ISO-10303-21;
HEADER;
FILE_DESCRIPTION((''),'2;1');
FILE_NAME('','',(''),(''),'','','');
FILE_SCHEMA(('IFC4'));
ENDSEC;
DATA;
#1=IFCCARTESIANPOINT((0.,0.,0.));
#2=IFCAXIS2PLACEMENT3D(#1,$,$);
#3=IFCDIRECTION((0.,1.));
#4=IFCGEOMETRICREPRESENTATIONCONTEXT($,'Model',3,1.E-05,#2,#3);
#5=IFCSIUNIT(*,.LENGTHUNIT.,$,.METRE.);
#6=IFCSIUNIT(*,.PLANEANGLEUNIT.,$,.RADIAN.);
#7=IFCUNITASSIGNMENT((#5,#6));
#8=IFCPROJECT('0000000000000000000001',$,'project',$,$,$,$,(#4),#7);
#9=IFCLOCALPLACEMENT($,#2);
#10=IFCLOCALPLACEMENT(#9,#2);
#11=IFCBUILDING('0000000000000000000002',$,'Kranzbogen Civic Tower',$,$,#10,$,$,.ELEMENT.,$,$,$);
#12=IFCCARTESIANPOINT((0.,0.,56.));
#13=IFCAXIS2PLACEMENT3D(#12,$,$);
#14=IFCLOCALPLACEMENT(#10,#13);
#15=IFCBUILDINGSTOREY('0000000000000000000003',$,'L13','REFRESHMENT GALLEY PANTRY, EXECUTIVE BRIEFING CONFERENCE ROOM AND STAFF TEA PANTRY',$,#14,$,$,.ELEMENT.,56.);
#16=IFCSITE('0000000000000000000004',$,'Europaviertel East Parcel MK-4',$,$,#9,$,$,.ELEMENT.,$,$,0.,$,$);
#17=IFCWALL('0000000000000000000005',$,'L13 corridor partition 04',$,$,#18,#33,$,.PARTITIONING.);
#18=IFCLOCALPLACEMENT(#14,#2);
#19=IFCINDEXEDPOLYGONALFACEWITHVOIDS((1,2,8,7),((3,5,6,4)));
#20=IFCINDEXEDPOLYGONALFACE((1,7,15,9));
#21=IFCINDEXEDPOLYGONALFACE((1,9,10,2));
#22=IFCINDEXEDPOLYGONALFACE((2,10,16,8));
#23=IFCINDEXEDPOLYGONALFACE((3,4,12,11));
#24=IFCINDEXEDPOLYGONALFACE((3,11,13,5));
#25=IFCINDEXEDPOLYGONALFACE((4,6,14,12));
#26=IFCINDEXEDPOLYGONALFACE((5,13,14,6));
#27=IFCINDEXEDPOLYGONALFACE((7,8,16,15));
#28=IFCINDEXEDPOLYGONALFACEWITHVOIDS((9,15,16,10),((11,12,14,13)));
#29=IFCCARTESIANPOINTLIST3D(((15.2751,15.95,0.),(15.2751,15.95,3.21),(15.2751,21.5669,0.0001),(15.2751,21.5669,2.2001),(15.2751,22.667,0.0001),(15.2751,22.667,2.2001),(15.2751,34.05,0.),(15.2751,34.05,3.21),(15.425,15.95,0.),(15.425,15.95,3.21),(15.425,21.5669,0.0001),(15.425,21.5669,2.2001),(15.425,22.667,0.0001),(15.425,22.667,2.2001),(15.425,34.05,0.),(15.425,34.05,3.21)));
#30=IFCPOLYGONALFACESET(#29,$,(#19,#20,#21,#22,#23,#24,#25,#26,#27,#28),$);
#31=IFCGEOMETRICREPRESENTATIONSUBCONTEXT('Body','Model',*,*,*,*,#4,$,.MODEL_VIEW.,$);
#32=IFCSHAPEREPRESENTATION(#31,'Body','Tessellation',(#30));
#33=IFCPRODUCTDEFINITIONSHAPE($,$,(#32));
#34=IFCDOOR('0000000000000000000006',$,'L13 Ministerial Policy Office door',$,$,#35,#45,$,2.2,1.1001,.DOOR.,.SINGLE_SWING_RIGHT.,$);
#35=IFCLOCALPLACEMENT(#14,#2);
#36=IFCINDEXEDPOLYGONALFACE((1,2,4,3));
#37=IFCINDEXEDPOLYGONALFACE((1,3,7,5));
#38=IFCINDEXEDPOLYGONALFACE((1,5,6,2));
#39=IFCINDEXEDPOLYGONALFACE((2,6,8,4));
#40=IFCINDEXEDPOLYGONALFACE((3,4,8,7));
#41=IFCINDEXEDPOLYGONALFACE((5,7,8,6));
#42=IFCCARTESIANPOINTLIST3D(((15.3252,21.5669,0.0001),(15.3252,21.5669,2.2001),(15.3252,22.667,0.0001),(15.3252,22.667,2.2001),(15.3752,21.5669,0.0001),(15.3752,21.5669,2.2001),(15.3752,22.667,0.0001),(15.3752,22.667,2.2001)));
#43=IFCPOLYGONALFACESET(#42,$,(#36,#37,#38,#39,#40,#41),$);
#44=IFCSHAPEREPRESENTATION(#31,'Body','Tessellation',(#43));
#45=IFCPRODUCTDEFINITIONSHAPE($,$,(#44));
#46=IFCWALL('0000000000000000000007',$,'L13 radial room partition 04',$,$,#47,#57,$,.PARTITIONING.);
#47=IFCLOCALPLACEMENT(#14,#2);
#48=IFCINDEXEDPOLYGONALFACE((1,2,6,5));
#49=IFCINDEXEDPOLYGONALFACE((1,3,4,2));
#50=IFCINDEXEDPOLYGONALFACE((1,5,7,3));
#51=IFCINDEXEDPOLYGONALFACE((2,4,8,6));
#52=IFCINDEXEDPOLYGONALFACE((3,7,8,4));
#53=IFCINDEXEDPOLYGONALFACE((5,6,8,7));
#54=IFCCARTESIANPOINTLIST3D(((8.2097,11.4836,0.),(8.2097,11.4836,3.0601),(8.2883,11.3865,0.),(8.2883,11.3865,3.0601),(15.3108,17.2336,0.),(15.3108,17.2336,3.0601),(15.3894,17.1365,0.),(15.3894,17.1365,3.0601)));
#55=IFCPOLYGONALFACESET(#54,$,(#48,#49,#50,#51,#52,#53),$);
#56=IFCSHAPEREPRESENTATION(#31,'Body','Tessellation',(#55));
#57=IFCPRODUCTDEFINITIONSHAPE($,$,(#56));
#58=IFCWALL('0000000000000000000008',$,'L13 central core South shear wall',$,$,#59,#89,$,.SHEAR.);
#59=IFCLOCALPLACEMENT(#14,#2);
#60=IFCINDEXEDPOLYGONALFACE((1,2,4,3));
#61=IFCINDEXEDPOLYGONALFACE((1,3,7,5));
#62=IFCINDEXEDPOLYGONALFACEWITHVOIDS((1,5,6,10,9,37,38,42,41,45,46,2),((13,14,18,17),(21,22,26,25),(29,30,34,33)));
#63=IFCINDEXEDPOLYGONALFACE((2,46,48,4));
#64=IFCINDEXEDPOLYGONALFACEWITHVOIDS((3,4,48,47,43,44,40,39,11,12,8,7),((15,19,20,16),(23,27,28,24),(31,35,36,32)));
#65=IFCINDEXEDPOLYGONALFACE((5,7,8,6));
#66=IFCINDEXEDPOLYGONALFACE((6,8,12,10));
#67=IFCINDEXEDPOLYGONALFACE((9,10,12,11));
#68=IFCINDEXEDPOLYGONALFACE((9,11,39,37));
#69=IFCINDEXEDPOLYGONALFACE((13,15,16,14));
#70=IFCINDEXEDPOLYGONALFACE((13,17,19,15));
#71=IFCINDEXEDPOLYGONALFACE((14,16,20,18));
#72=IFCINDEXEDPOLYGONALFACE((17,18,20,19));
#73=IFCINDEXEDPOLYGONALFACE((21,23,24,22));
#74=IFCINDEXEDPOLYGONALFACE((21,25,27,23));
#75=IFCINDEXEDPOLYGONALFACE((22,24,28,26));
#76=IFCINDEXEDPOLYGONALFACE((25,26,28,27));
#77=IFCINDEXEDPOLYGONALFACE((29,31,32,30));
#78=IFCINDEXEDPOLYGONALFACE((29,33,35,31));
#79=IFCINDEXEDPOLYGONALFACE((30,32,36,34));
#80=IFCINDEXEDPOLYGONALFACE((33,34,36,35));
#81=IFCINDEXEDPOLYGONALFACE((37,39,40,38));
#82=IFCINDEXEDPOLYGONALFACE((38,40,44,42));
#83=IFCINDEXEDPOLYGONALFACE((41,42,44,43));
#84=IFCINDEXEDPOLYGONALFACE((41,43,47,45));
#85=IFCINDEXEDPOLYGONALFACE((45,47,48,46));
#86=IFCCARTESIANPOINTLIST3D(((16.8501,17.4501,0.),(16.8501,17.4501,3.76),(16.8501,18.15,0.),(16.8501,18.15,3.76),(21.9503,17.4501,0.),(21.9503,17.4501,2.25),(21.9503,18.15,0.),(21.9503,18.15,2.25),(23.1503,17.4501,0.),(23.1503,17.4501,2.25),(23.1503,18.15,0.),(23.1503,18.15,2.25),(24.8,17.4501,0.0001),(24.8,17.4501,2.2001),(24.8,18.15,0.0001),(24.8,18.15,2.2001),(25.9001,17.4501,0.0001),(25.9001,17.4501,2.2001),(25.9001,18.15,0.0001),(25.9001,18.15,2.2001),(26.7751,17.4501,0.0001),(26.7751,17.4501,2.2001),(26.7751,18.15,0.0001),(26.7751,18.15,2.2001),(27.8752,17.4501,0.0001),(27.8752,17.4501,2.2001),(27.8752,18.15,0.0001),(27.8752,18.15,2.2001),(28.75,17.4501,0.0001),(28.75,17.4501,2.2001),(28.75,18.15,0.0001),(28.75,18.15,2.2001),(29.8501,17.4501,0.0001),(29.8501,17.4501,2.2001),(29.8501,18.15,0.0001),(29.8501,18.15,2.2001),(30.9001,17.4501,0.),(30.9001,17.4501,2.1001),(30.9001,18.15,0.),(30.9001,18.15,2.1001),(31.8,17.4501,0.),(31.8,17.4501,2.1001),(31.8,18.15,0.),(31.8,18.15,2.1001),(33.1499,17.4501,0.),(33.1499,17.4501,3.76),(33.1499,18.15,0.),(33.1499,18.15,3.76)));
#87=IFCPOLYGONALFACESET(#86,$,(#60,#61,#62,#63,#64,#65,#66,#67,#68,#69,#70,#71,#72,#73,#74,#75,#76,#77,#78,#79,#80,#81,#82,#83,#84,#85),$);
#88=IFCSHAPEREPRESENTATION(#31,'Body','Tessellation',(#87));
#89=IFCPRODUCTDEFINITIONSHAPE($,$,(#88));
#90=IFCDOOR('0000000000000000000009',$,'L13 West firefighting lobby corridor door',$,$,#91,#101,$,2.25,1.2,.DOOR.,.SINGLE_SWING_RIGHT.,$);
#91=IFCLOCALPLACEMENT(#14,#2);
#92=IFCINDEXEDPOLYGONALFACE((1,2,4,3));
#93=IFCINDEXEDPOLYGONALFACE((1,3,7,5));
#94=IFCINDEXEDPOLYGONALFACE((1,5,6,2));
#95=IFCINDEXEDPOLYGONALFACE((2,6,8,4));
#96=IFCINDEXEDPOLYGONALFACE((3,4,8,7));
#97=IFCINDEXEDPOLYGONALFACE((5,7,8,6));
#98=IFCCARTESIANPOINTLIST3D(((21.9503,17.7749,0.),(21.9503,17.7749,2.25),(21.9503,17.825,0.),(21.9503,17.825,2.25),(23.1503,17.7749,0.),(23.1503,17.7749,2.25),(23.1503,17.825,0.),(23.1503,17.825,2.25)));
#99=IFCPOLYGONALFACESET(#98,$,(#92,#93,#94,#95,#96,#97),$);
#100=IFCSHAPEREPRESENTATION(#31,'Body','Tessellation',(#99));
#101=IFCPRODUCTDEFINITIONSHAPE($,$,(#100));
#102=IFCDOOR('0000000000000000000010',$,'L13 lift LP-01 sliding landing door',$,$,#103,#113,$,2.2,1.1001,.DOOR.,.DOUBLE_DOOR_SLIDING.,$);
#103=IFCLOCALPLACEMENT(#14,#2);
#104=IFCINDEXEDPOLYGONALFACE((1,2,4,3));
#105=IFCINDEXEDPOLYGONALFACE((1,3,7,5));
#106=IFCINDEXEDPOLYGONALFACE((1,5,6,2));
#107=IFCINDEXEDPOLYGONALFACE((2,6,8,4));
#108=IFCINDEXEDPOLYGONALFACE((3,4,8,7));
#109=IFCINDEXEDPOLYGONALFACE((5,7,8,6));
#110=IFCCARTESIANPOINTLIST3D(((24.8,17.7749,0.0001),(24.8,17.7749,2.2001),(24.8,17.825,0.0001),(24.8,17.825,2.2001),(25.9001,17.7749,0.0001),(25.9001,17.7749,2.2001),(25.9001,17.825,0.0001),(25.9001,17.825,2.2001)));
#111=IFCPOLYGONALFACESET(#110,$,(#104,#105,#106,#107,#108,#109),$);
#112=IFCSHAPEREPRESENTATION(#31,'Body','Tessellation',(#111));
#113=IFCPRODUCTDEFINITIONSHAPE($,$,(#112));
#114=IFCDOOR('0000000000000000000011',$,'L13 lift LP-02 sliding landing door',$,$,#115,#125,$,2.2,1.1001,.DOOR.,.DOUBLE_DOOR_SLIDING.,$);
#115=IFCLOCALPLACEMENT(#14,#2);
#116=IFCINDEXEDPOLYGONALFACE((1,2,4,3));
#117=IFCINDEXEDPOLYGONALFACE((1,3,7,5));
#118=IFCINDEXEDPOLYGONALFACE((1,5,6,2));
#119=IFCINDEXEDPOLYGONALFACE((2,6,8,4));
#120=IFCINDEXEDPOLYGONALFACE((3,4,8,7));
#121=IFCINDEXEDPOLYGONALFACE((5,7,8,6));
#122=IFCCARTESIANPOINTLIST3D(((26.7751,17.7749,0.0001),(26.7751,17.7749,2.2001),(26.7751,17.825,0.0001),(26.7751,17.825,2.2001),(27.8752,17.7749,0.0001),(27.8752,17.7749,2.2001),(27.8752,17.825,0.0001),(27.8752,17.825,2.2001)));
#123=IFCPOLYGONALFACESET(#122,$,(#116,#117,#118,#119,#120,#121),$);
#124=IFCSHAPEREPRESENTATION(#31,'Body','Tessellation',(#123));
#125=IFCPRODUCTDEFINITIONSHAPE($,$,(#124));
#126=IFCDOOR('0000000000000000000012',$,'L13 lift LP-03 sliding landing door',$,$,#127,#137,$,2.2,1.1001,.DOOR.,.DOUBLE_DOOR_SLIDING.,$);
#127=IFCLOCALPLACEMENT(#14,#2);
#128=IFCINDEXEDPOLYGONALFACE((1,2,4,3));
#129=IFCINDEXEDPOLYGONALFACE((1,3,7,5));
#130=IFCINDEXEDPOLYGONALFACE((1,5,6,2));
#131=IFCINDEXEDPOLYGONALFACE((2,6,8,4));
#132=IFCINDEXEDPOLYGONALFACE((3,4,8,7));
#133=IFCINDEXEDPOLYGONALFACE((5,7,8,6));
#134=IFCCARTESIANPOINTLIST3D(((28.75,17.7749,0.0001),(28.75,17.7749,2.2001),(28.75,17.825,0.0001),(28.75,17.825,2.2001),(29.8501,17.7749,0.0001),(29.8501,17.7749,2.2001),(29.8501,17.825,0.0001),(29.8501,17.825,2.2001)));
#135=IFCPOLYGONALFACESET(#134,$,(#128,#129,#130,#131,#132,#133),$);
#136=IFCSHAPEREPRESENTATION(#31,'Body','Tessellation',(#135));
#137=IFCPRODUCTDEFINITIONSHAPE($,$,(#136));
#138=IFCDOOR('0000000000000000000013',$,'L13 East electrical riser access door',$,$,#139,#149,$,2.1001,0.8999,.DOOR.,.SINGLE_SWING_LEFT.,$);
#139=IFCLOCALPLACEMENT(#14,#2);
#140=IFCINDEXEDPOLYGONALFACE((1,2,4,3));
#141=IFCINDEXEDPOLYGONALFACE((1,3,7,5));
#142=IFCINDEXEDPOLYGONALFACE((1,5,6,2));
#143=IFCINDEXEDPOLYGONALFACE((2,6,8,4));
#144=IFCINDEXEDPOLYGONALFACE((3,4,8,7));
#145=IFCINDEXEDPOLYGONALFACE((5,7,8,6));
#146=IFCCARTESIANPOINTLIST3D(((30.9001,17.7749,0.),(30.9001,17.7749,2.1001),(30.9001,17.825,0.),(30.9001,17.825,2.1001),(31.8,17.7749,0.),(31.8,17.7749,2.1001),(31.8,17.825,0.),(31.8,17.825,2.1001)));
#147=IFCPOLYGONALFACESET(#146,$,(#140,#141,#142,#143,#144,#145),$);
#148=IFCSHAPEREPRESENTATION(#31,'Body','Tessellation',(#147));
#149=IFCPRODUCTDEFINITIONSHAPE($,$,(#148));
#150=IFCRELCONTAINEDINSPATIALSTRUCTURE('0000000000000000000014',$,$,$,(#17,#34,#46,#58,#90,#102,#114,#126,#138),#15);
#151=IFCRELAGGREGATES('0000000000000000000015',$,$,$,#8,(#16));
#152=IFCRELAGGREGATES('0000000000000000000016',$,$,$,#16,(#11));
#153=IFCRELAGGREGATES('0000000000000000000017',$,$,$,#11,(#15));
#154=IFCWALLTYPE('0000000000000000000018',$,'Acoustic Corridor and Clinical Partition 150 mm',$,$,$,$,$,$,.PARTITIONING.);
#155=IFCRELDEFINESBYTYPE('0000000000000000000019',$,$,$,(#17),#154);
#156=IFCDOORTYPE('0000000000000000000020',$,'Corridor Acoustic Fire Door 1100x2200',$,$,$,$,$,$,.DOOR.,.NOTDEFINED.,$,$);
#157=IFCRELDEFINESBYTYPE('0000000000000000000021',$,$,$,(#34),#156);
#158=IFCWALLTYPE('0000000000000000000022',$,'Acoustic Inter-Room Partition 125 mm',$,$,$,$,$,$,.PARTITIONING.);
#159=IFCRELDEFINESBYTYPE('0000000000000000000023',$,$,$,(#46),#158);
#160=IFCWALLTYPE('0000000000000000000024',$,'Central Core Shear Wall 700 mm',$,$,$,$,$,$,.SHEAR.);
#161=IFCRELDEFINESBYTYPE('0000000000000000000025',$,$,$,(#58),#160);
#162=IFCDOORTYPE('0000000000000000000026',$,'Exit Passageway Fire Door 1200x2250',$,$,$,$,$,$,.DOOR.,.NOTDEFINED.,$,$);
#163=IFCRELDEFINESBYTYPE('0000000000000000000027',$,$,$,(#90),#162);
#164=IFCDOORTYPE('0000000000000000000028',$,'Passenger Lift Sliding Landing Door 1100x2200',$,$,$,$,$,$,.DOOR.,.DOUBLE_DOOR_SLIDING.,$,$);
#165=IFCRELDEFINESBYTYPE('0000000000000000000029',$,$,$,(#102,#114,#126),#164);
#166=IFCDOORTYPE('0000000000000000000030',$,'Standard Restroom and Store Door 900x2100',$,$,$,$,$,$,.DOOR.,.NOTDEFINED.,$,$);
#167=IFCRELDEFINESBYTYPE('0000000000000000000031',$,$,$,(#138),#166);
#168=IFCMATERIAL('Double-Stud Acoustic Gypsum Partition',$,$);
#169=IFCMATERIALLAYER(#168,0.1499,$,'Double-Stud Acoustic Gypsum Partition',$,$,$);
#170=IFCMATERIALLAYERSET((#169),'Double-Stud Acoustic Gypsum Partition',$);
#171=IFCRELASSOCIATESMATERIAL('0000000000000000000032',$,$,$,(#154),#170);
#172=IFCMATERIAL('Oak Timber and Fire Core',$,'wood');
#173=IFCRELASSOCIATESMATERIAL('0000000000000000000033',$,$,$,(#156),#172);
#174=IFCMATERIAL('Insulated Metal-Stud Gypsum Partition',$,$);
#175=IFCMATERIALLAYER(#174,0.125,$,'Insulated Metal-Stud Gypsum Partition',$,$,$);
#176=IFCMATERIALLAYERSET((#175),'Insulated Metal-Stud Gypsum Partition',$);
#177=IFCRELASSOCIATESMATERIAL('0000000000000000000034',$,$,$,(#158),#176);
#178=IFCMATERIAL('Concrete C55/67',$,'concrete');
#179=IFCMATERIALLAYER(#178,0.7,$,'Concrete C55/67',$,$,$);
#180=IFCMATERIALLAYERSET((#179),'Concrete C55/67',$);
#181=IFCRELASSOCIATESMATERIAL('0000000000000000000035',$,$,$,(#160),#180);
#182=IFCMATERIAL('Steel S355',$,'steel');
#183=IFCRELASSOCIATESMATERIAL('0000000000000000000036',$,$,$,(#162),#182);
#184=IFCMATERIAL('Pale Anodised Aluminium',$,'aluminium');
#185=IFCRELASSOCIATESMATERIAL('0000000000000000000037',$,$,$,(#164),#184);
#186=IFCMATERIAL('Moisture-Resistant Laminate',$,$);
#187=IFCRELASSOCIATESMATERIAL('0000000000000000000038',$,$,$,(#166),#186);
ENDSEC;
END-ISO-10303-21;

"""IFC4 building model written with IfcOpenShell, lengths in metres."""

from ifc_helpers import new_model, si_unit, direction, frame, frame_2d, origin, place, context, subcontext, project, spatial, rectangle, extrude, material, layer, layer_set, type_object, element, fill, save


model = new_model("IFC4")

# Units and contexts
model_context = context("Model", 3, precision=1e-05, world=origin(), true_north=direction((0.0, 1.0)))
body_context = subcontext(model_context, "Body", "Model", "MODEL_VIEW")
ifc_project = project(units=[si_unit("LENGTHUNIT", "METRE"), si_unit("PLANEANGLEUNIT", "RADIAN")], contexts=[model_context])

# Site, building, storey
site_placement = place(None, origin())
site = spatial("IfcSite", under=ifc_project, at=site_placement, Name="Europaviertel East Parcel MK-4", CompositionType="ELEMENT", RefElevation=0.0)
building_placement = place(site_placement, origin())
building = spatial("IfcBuilding", under=site, at=building_placement, Name="Kranzbogen Civic Tower", CompositionType="ELEMENT")
storey_placement = place(building_placement, frame((0.0, 0.0, 56.0)))
storey = spatial("IfcBuildingStorey", under=building, at=storey_placement, Name="L13", Description="REFRESHMENT GALLEY PANTRY, EXECUTIVE BRIEFING CONFERENCE ROOM AND STAFF TEA PANTRY", CompositionType="ELEMENT", Elevation=56.0)

# Shared definitions
ifc_material_1 = material(Name="Pale Anodised Aluminium", Category="aluminium")

# Shared definitions
ifc_material_2 = material(Name="Steel S355", Category="steel")

# Wall, opening, door
ifc_material_3 = material(Name="Double-Stud Acoustic Gypsum Partition")
ifc_layer_1 = layer(ifc_material_3, 0.1499, Name="Double-Stud Acoustic Gypsum Partition")
ifc_layer_set_1 = layer_set([ifc_layer_1], Name="Double-Stud Acoustic Gypsum Partition")
wall_type_1 = type_object("IfcWallType", Name="Acoustic Corridor and Clinical Partition 150 mm", PredefinedType="PARTITIONING", material=ifc_layer_set_1)
wall_1_placement = place(storey_placement, frame((15.3501, 15.95, 0.0), z_axis=(0.0, 0.0, 1.0), x_axis=(0.0, 1.0, 0.0)))
wall_1 = element("IfcWall", 1, at=wall_1_placement, inside=storey, type_object=wall_type_1, Name="L13 corridor partition 04", PredefinedType="PARTITIONING", context=body_context, shape_type="SweptSolid", body=[
    extrude(rectangle(XDim=18.1001, YDim=0.1499, at=frame_2d((9.05, 0.0))), origin(), (0.0, 0.0, 1.0), 3.21),
])
opening_1_placement = place(wall_1_placement, frame((5.6169, 0.0, 0.0)))
opening_1 = element("IfcOpeningElement", 2, at=opening_1_placement, cuts=wall_1, PredefinedType="OPENING", context=body_context, shape_type="SweptSolid", body=[
    extrude(rectangle(XDim=1.1001, YDim=2.2, at=frame_2d((0.55, 1.1001))), frame((0.0, 0.085, 0.0), z_axis=(0.0, -1.0, 0.0), x_axis=(1.0, 0.0, 0.0)), (0.0, 0.0, 1.0), 0.1699),
])
ifc_material_4 = material(Name="Oak Timber and Fire Core", Category="wood")
door_type_1 = type_object("IfcDoorType", Name="Corridor Acoustic Fire Door 1100x2200", OperationType="NOTDEFINED", PredefinedType="DOOR", material=ifc_material_4)
door_1_placement = place(opening_1_placement, origin())
door_1 = element("IfcDoor", 3, at=door_1_placement, inside=storey, type_object=door_type_1, Name="L13 Ministerial Policy Office door", OperationType="SINGLE_SWING_RIGHT", OverallHeight=2.2, OverallWidth=1.1001, PredefinedType="DOOR", context=body_context, shape_type="SweptSolid", body=[
    extrude(rectangle(XDim=1.1001, YDim=2.2, at=frame_2d((0.55, 1.1001))), frame((0.0, 0.0249, 0.0), z_axis=(0.0, -1.0, 0.0), x_axis=(1.0, 0.0, 0.0)), (0.0, 0.0, 1.0), 0.05),
])
fill(opening_1, door_1)

# Wall
ifc_material_5 = material(Name="Insulated Metal-Stud Gypsum Partition")
ifc_layer_2 = layer(ifc_material_5, 0.125, Name="Insulated Metal-Stud Gypsum Partition")
ifc_layer_set_2 = layer_set([ifc_layer_2], Name="Insulated Metal-Stud Gypsum Partition")
wall_type_2 = type_object("IfcWallType", Name="Acoustic Inter-Room Partition 125 mm", PredefinedType="PARTITIONING", material=ifc_layer_set_2)
wall_2_placement = place(storey_placement, frame((15.3501, 17.1851, 0.0), z_axis=(0.0, 0.0, 1.0), x_axis=(-0.777164, -0.629298, 0.0)))
element("IfcWall", 4, at=wall_2_placement, inside=storey, type_object=wall_type_2, Name="L13 radial room partition 04", PredefinedType="PARTITIONING", context=body_context, shape_type="SweptSolid", body=[
    extrude(rectangle(XDim=9.1372, YDim=0.125, at=frame_2d((4.5686, 0.0))), origin(), (0.0, 0.0, 1.0), 3.0601),
])

# Wall, openings, doors
ifc_material_6 = material(Name="Concrete C55/67", Category="concrete")
ifc_layer_3 = layer(ifc_material_6, 0.7, Name="Concrete C55/67")
ifc_layer_set_3 = layer_set([ifc_layer_3], Name="Concrete C55/67")
wall_type_3 = type_object("IfcWallType", Name="Central Core Shear Wall 700 mm", PredefinedType="SHEAR", material=ifc_layer_set_3)
wall_3_placement = place(storey_placement, frame((16.8501, 17.8, 0.0), z_axis=(0.0, 0.0, 1.0), x_axis=(1.0, 0.0, 0.0)))
wall_3 = element("IfcWall", 5, at=wall_3_placement, inside=storey, type_object=wall_type_3, Name="L13 central core South shear wall", PredefinedType="SHEAR", context=body_context, shape_type="SweptSolid", body=[
    extrude(rectangle(XDim=16.2998, YDim=0.7, at=frame_2d((8.1499, 0.0))), origin(), (0.0, 0.0, 1.0), 3.76),
])
opening_2_placement = place(wall_3_placement, frame((5.1001, 0.0, 0.0)))
opening_2 = element("IfcOpeningElement", 6, at=opening_2_placement, cuts=wall_3, PredefinedType="OPENING", context=body_context, shape_type="SweptSolid", body=[
    extrude(rectangle(XDim=1.2, YDim=2.25, at=frame_2d((0.6001, 1.125))), frame((0.0, 0.3599, 0.0), z_axis=(0.0, -1.0, 0.0), x_axis=(1.0, 0.0, 0.0)), (0.0, 0.0, 1.0), 0.72),
])
opening_3_placement = place(wall_3_placement, frame((14.05, 0.0, 0.0)))
opening_3 = element("IfcOpeningElement", 7, at=opening_3_placement, cuts=wall_3, PredefinedType="OPENING", context=body_context, shape_type="SweptSolid", body=[
    extrude(rectangle(XDim=0.8999, YDim=2.1001, at=frame_2d((0.45, 1.05))), frame((0.0, 0.3599, 0.0), z_axis=(0.0, -1.0, 0.0), x_axis=(1.0, 0.0, 0.0)), (0.0, 0.0, 1.0), 0.72),
])
opening_4_placement = place(wall_3_placement, frame((7.95, 0.0, 0.0)))
opening_4 = element("IfcOpeningElement", 8, at=opening_4_placement, cuts=wall_3, PredefinedType="OPENING", context=body_context, shape_type="SweptSolid", body=[
    extrude(rectangle(XDim=1.1001, YDim=2.2, at=frame_2d((0.55, 1.1001))), frame((0.0, 0.3599, 0.0), z_axis=(0.0, -1.0, 0.0), x_axis=(1.0, 0.0, 0.0)), (0.0, 0.0, 1.0), 0.72),
])
opening_5_placement = place(wall_3_placement, frame((9.925, 0.0, 0.0)))
opening_5 = element("IfcOpeningElement", 9, at=opening_5_placement, cuts=wall_3, PredefinedType="OPENING", context=body_context, shape_type="SweptSolid", body=[
    extrude(rectangle(XDim=1.1001, YDim=2.2, at=frame_2d((0.55, 1.1001))), frame((0.0, 0.3599, 0.0), z_axis=(0.0, -1.0, 0.0), x_axis=(1.0, 0.0, 0.0)), (0.0, 0.0, 1.0), 0.72),
])
opening_6_placement = place(wall_3_placement, frame((11.8999, 0.0, 0.0)))
opening_6 = element("IfcOpeningElement", 10, at=opening_6_placement, cuts=wall_3, PredefinedType="OPENING", context=body_context, shape_type="SweptSolid", body=[
    extrude(rectangle(XDim=1.1001, YDim=2.2, at=frame_2d((0.55, 1.1001))), frame((0.0, 0.3599, 0.0), z_axis=(0.0, -1.0, 0.0), x_axis=(1.0, 0.0, 0.0)), (0.0, 0.0, 1.0), 0.72),
])
door_type_2 = type_object("IfcDoorType", Name="Exit Passageway Fire Door 1200x2250", OperationType="NOTDEFINED", PredefinedType="DOOR", material=ifc_material_2)
door_2_placement = place(opening_2_placement, origin())
door_2 = element("IfcDoor", 11, at=door_2_placement, inside=storey, type_object=door_type_2, Name="L13 West firefighting lobby corridor door", OperationType="SINGLE_SWING_RIGHT", OverallHeight=2.25, OverallWidth=1.2, PredefinedType="DOOR", context=body_context, shape_type="SweptSolid", body=[
    extrude(rectangle(XDim=1.2, YDim=2.25, at=frame_2d((0.6001, 1.125))), frame((0.0, 0.0249, 0.0), z_axis=(0.0, -1.0, 0.0), x_axis=(1.0, 0.0, 0.0)), (0.0, 0.0, 1.0), 0.05),
])
fill(opening_2, door_2)
door_type_3 = type_object("IfcDoorType", Name="Passenger Lift Sliding Landing Door 1100x2200", OperationType="DOUBLE_DOOR_SLIDING", PredefinedType="DOOR", material=ifc_material_1)
door_3_placement = place(opening_4_placement, origin())
door_3 = element("IfcDoor", 12, at=door_3_placement, inside=storey, type_object=door_type_3, Name="L13 lift LP-01 sliding landing door", OperationType="DOUBLE_DOOR_SLIDING", OverallHeight=2.2, OverallWidth=1.1001, PredefinedType="DOOR", context=body_context, shape_type="SweptSolid", body=[
    extrude(rectangle(XDim=1.1001, YDim=2.2, at=frame_2d((0.55, 1.1001))), frame((0.0, 0.0249, 0.0), z_axis=(0.0, -1.0, 0.0), x_axis=(1.0, 0.0, 0.0)), (0.0, 0.0, 1.0), 0.05),
])
fill(opening_4, door_3)
door_4_placement = place(opening_5_placement, origin())
door_4 = element("IfcDoor", 13, at=door_4_placement, inside=storey, type_object=door_type_3, Name="L13 lift LP-02 sliding landing door", OperationType="DOUBLE_DOOR_SLIDING", OverallHeight=2.2, OverallWidth=1.1001, PredefinedType="DOOR", context=body_context, shape_type="SweptSolid", body=[
    extrude(rectangle(XDim=1.1001, YDim=2.2, at=frame_2d((0.55, 1.1001))), frame((0.0, 0.0249, 0.0), z_axis=(0.0, -1.0, 0.0), x_axis=(1.0, 0.0, 0.0)), (0.0, 0.0, 1.0), 0.05),
])
fill(opening_5, door_4)
door_5_placement = place(opening_6_placement, origin())
door_5 = element("IfcDoor", 14, at=door_5_placement, inside=storey, type_object=door_type_3, Name="L13 lift LP-03 sliding landing door", OperationType="DOUBLE_DOOR_SLIDING", OverallHeight=2.2, OverallWidth=1.1001, PredefinedType="DOOR", context=body_context, shape_type="SweptSolid", body=[
    extrude(rectangle(XDim=1.1001, YDim=2.2, at=frame_2d((0.55, 1.1001))), frame((0.0, 0.0249, 0.0), z_axis=(0.0, -1.0, 0.0), x_axis=(1.0, 0.0, 0.0)), (0.0, 0.0, 1.0), 0.05),
])
fill(opening_6, door_5)
ifc_material_7 = material(Name="Moisture-Resistant Laminate")
door_type_4 = type_object("IfcDoorType", Name="Standard Restroom and Store Door 900x2100", OperationType="NOTDEFINED", PredefinedType="DOOR", material=ifc_material_7)
door_6_placement = place(opening_3_placement, origin())
door_6 = element("IfcDoor", 15, at=door_6_placement, inside=storey, type_object=door_type_4, Name="L13 East electrical riser access door", OperationType="SINGLE_SWING_LEFT", OverallHeight=2.1001, OverallWidth=0.8999, PredefinedType="DOOR", context=body_context, shape_type="SweptSolid", body=[
    extrude(rectangle(XDim=0.8999, YDim=2.1001, at=frame_2d((0.45, 1.05))), frame((0.0, 0.0249, 0.0), z_axis=(0.0, -1.0, 0.0), x_axis=(1.0, 0.0, 0.0)), (0.0, 0.0, 1.0), 0.05),
])
fill(opening_3, door_6)

save(model, "model.ifc")
